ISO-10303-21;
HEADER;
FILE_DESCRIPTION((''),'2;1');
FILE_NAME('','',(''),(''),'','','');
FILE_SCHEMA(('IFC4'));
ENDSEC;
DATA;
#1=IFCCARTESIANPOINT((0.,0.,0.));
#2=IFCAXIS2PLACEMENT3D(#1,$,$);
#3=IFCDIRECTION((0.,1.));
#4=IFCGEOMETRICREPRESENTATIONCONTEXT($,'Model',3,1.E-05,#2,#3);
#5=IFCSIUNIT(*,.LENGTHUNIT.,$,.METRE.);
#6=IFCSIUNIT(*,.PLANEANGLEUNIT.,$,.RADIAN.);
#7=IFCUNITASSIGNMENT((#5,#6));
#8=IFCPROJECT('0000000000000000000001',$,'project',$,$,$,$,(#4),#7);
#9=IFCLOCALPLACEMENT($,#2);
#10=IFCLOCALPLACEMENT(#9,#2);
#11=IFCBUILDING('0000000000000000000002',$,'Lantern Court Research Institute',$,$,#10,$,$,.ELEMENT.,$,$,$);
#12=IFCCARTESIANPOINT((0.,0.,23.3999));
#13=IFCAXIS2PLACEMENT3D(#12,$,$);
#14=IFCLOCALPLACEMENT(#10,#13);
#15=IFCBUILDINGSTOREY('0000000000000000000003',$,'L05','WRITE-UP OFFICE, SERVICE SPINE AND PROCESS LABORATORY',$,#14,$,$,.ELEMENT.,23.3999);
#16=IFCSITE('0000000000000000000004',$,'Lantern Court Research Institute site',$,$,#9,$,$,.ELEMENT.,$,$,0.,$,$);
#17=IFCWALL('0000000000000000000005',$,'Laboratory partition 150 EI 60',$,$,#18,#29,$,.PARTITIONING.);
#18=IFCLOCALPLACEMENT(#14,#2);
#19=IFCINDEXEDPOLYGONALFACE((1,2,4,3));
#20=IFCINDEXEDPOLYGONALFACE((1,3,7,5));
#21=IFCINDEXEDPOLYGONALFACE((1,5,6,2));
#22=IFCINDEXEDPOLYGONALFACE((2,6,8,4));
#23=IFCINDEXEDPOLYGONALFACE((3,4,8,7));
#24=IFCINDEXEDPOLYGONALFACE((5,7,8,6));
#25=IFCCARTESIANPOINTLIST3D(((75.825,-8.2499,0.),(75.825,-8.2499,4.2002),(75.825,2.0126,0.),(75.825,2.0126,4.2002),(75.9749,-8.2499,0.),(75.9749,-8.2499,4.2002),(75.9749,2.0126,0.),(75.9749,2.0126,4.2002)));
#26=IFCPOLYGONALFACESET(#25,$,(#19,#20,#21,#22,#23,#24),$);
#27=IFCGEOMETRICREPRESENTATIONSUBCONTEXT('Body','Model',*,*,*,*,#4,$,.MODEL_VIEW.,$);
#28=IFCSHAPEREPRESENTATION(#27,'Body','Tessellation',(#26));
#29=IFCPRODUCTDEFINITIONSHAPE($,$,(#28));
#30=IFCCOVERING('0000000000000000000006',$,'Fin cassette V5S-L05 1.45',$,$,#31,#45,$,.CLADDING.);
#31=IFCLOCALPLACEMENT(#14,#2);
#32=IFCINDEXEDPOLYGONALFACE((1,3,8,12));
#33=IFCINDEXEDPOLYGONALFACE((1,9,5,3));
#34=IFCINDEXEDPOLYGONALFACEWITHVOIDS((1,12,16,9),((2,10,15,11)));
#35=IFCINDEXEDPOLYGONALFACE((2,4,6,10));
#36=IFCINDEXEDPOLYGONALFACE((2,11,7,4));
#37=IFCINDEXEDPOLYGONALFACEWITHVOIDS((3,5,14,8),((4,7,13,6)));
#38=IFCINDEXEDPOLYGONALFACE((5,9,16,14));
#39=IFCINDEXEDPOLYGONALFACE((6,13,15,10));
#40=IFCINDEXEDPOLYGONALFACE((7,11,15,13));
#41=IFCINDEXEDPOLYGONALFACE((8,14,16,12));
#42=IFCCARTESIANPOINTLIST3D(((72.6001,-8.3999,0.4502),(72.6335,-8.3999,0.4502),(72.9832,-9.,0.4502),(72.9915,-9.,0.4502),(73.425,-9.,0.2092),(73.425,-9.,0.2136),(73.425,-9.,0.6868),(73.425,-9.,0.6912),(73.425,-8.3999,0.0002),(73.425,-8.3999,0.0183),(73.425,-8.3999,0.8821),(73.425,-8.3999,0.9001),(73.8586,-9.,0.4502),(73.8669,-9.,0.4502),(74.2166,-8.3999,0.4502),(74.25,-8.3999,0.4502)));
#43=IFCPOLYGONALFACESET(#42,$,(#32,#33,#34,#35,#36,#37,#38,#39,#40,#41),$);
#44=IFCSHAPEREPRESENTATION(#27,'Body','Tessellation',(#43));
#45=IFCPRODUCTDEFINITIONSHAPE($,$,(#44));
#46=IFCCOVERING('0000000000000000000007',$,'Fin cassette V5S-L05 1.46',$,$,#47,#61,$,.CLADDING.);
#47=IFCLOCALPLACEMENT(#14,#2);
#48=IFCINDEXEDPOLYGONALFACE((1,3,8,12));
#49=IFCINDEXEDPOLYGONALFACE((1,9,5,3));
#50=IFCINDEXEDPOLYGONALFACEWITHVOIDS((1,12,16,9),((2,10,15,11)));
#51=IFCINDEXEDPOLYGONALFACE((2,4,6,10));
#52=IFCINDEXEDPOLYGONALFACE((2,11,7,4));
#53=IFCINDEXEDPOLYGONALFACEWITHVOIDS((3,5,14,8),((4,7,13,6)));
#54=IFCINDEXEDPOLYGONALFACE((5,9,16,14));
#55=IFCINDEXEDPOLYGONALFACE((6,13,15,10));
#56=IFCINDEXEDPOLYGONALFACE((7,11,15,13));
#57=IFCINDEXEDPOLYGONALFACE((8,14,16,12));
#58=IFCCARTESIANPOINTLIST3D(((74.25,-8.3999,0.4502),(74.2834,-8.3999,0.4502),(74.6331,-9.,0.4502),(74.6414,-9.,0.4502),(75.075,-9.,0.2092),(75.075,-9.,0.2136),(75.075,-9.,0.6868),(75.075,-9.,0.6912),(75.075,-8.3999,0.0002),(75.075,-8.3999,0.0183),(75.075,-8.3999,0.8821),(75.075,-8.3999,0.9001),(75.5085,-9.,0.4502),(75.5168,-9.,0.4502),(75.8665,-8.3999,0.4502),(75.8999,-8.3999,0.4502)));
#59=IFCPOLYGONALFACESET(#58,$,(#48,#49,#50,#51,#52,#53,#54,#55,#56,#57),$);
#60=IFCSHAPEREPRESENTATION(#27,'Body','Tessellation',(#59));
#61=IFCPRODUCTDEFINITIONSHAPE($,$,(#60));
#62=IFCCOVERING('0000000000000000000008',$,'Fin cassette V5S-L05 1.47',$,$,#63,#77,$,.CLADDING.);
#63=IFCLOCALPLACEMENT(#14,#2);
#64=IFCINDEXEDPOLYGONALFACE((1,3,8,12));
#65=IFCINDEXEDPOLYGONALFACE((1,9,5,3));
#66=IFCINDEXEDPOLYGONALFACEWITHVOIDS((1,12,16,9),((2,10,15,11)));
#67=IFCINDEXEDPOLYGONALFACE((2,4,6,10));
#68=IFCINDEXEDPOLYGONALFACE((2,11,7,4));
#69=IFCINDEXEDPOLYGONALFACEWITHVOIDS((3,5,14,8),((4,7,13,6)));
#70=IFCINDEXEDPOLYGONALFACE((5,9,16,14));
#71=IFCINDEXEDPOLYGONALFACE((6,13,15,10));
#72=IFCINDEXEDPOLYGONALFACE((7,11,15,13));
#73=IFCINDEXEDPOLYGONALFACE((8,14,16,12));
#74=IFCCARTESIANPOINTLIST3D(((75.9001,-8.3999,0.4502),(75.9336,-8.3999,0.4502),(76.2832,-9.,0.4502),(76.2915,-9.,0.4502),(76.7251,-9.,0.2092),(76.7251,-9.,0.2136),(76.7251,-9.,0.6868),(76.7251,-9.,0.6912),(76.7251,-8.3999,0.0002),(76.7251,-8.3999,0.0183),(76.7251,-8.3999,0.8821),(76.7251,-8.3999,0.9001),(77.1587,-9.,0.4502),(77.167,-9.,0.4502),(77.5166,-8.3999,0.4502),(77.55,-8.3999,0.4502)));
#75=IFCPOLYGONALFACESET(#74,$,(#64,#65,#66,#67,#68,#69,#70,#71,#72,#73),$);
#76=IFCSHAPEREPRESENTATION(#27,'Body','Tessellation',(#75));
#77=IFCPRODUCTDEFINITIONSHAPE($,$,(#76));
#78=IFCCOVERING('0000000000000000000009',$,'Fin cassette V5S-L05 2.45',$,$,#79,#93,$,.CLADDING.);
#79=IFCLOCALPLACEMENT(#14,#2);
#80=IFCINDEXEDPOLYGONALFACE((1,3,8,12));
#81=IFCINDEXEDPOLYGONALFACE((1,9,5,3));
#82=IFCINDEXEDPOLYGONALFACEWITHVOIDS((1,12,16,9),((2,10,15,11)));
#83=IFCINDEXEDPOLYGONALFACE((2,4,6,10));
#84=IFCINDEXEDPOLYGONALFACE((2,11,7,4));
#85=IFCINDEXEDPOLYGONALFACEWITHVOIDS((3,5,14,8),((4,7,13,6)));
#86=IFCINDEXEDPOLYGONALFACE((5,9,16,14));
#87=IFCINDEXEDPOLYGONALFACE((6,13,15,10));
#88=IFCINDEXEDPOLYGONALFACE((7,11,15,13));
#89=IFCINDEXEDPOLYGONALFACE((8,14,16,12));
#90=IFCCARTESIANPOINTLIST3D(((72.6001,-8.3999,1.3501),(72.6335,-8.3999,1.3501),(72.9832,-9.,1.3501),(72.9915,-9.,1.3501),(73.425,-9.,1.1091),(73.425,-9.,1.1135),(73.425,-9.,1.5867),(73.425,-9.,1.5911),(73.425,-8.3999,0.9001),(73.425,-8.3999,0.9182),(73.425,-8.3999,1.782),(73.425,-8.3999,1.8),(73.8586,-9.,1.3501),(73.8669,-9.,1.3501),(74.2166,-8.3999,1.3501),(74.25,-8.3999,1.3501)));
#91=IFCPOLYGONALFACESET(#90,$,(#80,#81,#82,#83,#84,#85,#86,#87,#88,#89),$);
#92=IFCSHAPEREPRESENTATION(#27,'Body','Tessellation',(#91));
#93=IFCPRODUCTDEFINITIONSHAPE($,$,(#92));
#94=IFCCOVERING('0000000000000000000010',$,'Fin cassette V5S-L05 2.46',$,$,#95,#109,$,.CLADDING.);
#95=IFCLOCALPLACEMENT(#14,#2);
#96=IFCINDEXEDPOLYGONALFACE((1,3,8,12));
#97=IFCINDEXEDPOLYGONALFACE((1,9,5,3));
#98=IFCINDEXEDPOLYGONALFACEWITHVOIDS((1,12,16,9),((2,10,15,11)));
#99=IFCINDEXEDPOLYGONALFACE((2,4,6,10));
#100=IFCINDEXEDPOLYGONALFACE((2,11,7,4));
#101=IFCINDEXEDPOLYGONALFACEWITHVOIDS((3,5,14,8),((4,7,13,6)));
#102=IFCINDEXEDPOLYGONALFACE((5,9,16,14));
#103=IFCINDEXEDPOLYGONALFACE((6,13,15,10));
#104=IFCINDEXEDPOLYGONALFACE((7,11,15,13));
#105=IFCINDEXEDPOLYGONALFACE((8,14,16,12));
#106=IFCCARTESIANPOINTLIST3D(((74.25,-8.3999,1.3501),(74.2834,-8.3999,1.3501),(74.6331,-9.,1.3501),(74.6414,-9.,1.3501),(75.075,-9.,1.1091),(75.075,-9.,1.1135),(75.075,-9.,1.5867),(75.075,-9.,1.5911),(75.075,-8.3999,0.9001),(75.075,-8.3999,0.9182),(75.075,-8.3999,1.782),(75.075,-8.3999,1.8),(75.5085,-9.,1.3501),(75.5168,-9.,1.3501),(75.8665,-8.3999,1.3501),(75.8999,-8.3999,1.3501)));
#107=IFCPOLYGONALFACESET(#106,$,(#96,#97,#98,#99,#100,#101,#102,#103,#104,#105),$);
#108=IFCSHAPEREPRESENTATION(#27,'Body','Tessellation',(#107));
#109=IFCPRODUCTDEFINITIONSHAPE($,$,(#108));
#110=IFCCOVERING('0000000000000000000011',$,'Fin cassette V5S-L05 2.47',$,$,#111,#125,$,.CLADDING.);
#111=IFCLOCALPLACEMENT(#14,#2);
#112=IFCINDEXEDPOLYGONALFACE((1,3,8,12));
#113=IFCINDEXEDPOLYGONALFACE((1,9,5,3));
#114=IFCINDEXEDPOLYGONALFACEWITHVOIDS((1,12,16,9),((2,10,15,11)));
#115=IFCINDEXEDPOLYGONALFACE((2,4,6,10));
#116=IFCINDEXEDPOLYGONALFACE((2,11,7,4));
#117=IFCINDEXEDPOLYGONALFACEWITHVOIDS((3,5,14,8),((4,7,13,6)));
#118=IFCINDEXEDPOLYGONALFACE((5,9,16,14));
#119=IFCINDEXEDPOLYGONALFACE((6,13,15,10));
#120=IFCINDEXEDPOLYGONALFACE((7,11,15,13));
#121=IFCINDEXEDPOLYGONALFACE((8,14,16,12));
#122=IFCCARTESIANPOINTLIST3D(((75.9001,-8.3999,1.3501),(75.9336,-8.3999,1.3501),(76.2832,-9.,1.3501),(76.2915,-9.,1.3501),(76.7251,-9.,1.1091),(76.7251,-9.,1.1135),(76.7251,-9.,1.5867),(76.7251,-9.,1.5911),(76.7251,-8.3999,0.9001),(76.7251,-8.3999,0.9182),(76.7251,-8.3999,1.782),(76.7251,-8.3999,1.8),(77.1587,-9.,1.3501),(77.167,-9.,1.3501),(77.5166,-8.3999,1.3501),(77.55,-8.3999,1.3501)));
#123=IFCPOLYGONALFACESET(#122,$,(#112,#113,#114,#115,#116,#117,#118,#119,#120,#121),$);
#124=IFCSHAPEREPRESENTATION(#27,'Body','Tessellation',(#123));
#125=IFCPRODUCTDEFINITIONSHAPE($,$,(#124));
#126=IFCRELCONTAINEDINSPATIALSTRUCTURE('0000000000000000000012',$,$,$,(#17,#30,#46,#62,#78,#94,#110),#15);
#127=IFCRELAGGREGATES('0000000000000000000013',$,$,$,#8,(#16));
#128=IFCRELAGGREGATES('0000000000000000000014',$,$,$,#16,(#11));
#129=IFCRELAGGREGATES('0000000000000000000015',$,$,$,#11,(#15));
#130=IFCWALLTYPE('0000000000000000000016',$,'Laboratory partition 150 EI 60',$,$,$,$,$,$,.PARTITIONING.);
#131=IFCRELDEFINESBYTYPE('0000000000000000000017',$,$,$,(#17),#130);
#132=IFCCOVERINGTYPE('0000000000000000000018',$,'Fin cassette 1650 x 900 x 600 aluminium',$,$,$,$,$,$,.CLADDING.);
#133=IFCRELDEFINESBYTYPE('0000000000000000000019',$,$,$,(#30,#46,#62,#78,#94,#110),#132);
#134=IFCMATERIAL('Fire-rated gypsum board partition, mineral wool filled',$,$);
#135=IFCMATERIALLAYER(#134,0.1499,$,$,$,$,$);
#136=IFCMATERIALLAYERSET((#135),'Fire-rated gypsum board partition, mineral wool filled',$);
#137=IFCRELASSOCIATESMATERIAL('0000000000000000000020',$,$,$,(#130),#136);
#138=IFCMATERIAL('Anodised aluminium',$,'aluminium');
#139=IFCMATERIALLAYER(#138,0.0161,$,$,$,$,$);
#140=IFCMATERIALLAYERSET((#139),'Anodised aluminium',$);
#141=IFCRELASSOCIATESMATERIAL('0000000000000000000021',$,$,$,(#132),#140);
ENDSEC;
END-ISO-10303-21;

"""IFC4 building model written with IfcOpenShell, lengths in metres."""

from ifc_helpers import new_model, entity, si_unit, direction, frame, frame_2d, origin, place, context, subcontext, project, spatial, rectangle, extrude, material, layer, layer_set, type_object, element, save


model = new_model("IFC4")

# Units and contexts
model_context = context("Model", 3, precision=1e-05, world=origin(), true_north=direction((0.0, 1.0)))
body_context = subcontext(model_context, "Body", "Model", "MODEL_VIEW")
ifc_project = project(units=[si_unit("LENGTHUNIT", "METRE"), si_unit("PLANEANGLEUNIT", "RADIAN")], contexts=[model_context])

# Site, building, storey
site_placement = place(None, origin())
site = spatial("IfcSite", under=ifc_project, at=site_placement, Name="Lantern Court Research Institute site", CompositionType="ELEMENT", RefElevation=0.0)
building_placement = place(site_placement, origin())
building = spatial("IfcBuilding", under=site, at=building_placement, Name="Lantern Court Research Institute", CompositionType="ELEMENT")
storey_placement = place(building_placement, frame((0.0, 0.0, 23.3999)))
storey = spatial("IfcBuildingStorey", under=building, at=storey_placement, Name="L05", Description="WRITE-UP OFFICE, SERVICE SPINE AND PROCESS LABORATORY", CompositionType="ELEMENT", Elevation=23.3999)

# Wall
ifc_material_1 = material(Name="Fire-rated gypsum board partition, mineral wool filled")
ifc_layer_1 = layer(ifc_material_1, 0.1499)
ifc_layer_set_1 = layer_set([ifc_layer_1], Name="Fire-rated gypsum board partition, mineral wool filled")
wall_type_1 = type_object("IfcWallType", Name="Laboratory partition 150 EI 60", PredefinedType="PARTITIONING", material=ifc_layer_set_1)
wall_1_placement = place(storey_placement, frame((75.8999, -8.25, 0.0), z_axis=(0.0, 0.0, 1.0), x_axis=(0.0, 1.0, 0.0)))
element("IfcWall", 1, at=wall_1_placement, inside=storey, type_object=wall_type_1, Name="Laboratory partition 150 EI 60", PredefinedType="PARTITIONING", context=body_context, shape_type="SweptSolid", body=[
    extrude(rectangle(XDim=10.2625, YDim=0.1499, at=frame_2d((5.1313, 0.0))), origin(), (0.0, 0.0, 1.0), 4.2002),
])

# Coverings
ifc_material_2 = material(Name="Anodised aluminium", Category="aluminium")
ifc_layer_2 = layer(ifc_material_2, 0.0161)
ifc_layer_set_2 = layer_set([ifc_layer_2], Name="Anodised aluminium")
covering_type = type_object("IfcCoveringType", Name="Fin cassette 1650 x 900 x 600 aluminium", PredefinedType="CLADDING", material=ifc_layer_set_2)
covering_1_placement = place(storey_placement, frame((73.425, -8.3999, 0.4502), z_axis=(0.0, -1.0, 0.0), x_axis=(1.0, 0.0, 0.0)))
cartesian_point_1 = entity("IfcCartesianPoint", [0.825, 0.0])
cartesian_point_2 = entity("IfcCartesianPoint", [0.7915, 0.0])
cartesian_point_3 = entity("IfcCartesianPoint", [0.4419, 0.0])
cartesian_point_4 = entity("IfcCartesianPoint", [0.4336, 0.0])
element("IfcCovering", 2, at=covering_1_placement, inside=storey, type_object=covering_type, Name="Fin cassette V5S-L05 1.45", PredefinedType="CLADDING", context=body_context, shape_type="SweptSolid", body=[
    entity("IfcExtrudedAreaSolidTapered", entity("IfcArbitraryProfileDefWithVoids", "AREA", None, entity("IfcPolyline", [cartesian_point_1, entity("IfcCartesianPoint", [0.0, 0.45]), entity("IfcCartesianPoint", [-0.825, 0.0]), entity("IfcCartesianPoint", [0.0, -0.45]), cartesian_point_1]), [entity("IfcPolyline", [cartesian_point_2, entity("IfcCartesianPoint", [0.0, 0.4319]), entity("IfcCartesianPoint", [-0.7915, 0.0]), entity("IfcCartesianPoint", [0.0, -0.4319]), cartesian_point_2])]), entity("IfcAxis2Placement3D", entity("IfcCartesianPoint", [0.0, 0.0, 0.0])), entity("IfcDirection", [0.0, 0.0, 1.0]), 0.6001, entity("IfcArbitraryProfileDefWithVoids", "AREA", None, entity("IfcPolyline", [cartesian_point_3, entity("IfcCartesianPoint", [0.0, 0.241]), entity("IfcCartesianPoint", [-0.4419, 0.0]), entity("IfcCartesianPoint", [0.0, -0.241]), cartesian_point_3]), [entity("IfcPolyline", [cartesian_point_4, entity("IfcCartesianPoint", [0.0, 0.2366]), entity("IfcCartesianPoint", [-0.4336, 0.0]), entity("IfcCartesianPoint", [0.0, -0.2366]), cartesian_point_4])])),
])
covering_2_placement = place(storey_placement, frame((75.075, -8.3999, 0.4502), z_axis=(0.0, -1.0, 0.0), x_axis=(1.0, 0.0, 0.0)))
cartesian_point_5 = entity("IfcCartesianPoint", [0.825, 0.0])
cartesian_point_6 = entity("IfcCartesianPoint", [0.7915, 0.0])
cartesian_point_7 = entity("IfcCartesianPoint", [0.4419, 0.0])
cartesian_point_8 = entity("IfcCartesianPoint", [0.4336, 0.0])
element("IfcCovering", 3, at=covering_2_placement, inside=storey, type_object=covering_type, Name="Fin cassette V5S-L05 1.46", PredefinedType="CLADDING", context=body_context, shape_type="SweptSolid", body=[
    entity("IfcExtrudedAreaSolidTapered", entity("IfcArbitraryProfileDefWithVoids", "AREA", None, entity("IfcPolyline", [cartesian_point_5, entity("IfcCartesianPoint", [0.0, 0.45]), entity("IfcCartesianPoint", [-0.825, 0.0]), entity("IfcCartesianPoint", [0.0, -0.45]), cartesian_point_5]), [entity("IfcPolyline", [cartesian_point_6, entity("IfcCartesianPoint", [0.0, 0.4319]), entity("IfcCartesianPoint", [-0.7915, 0.0]), entity("IfcCartesianPoint", [0.0, -0.4319]), cartesian_point_6])]), entity("IfcAxis2Placement3D", entity("IfcCartesianPoint", [0.0, 0.0, 0.0])), entity("IfcDirection", [0.0, 0.0, 1.0]), 0.6001, entity("IfcArbitraryProfileDefWithVoids", "AREA", None, entity("IfcPolyline", [cartesian_point_7, entity("IfcCartesianPoint", [0.0, 0.241]), entity("IfcCartesianPoint", [-0.4419, 0.0]), entity("IfcCartesianPoint", [0.0, -0.241]), cartesian_point_7]), [entity("IfcPolyline", [cartesian_point_8, entity("IfcCartesianPoint", [0.0, 0.2366]), entity("IfcCartesianPoint", [-0.4336, 0.0]), entity("IfcCartesianPoint", [0.0, -0.2366]), cartesian_point_8])])),
])
covering_3_placement = place(storey_placement, frame((76.7251, -8.3999, 0.4502), z_axis=(0.0, -1.0, 0.0), x_axis=(1.0, 0.0, 0.0)))
cartesian_point_9 = entity("IfcCartesianPoint", [0.825, 0.0])
cartesian_point_10 = entity("IfcCartesianPoint", [0.7915, 0.0])
cartesian_point_11 = entity("IfcCartesianPoint", [0.4419, 0.0])
cartesian_point_12 = entity("IfcCartesianPoint", [0.4336, 0.0])
element("IfcCovering", 4, at=covering_3_placement, inside=storey, type_object=covering_type, Name="Fin cassette V5S-L05 1.47", PredefinedType="CLADDING", context=body_context, shape_type="SweptSolid", body=[
    entity("IfcExtrudedAreaSolidTapered", entity("IfcArbitraryProfileDefWithVoids", "AREA", None, entity("IfcPolyline", [cartesian_point_9, entity("IfcCartesianPoint", [0.0, 0.45]), entity("IfcCartesianPoint", [-0.825, 0.0]), entity("IfcCartesianPoint", [0.0, -0.45]), cartesian_point_9]), [entity("IfcPolyline", [cartesian_point_10, entity("IfcCartesianPoint", [0.0, 0.4319]), entity("IfcCartesianPoint", [-0.7915, 0.0]), entity("IfcCartesianPoint", [0.0, -0.4319]), cartesian_point_10])]), entity("IfcAxis2Placement3D", entity("IfcCartesianPoint", [0.0, 0.0, 0.0])), entity("IfcDirection", [0.0, 0.0, 1.0]), 0.6001, entity("IfcArbitraryProfileDefWithVoids", "AREA", None, entity("IfcPolyline", [cartesian_point_11, entity("IfcCartesianPoint", [0.0, 0.241]), entity("IfcCartesianPoint", [-0.4419, 0.0]), entity("IfcCartesianPoint", [0.0, -0.241]), cartesian_point_11]), [entity("IfcPolyline", [cartesian_point_12, entity("IfcCartesianPoint", [0.0, 0.2366]), entity("IfcCartesianPoint", [-0.4336, 0.0]), entity("IfcCartesianPoint", [0.0, -0.2366]), cartesian_point_12])])),
])
covering_4_placement = place(storey_placement, frame((73.425, -8.3999, 1.3501), z_axis=(0.0, -1.0, 0.0), x_axis=(1.0, 0.0, 0.0)))
cartesian_point_13 = entity("IfcCartesianPoint", [0.825, 0.0])
cartesian_point_14 = entity("IfcCartesianPoint", [0.7915, 0.0])
cartesian_point_15 = entity("IfcCartesianPoint", [0.4419, 0.0])
cartesian_point_16 = entity("IfcCartesianPoint", [0.4336, 0.0])
element("IfcCovering", 5, at=covering_4_placement, inside=storey, type_object=covering_type, Name="Fin cassette V5S-L05 2.45", PredefinedType="CLADDING", context=body_context, shape_type="SweptSolid", body=[
    entity("IfcExtrudedAreaSolidTapered", entity("IfcArbitraryProfileDefWithVoids", "AREA", None, entity("IfcPolyline", [cartesian_point_13, entity("IfcCartesianPoint", [0.0, 0.45]), entity("IfcCartesianPoint", [-0.825, 0.0]), entity("IfcCartesianPoint", [0.0, -0.45]), cartesian_point_13]), [entity("IfcPolyline", [cartesian_point_14, entity("IfcCartesianPoint", [0.0, 0.4319]), entity("IfcCartesianPoint", [-0.7915, 0.0]), entity("IfcCartesianPoint", [0.0, -0.4319]), cartesian_point_14])]), entity("IfcAxis2Placement3D", entity("IfcCartesianPoint", [0.0, 0.0, 0.0])), entity("IfcDirection", [0.0, 0.0, 1.0]), 0.6001, entity("IfcArbitraryProfileDefWithVoids", "AREA", None, entity("IfcPolyline", [cartesian_point_15, entity("IfcCartesianPoint", [0.0, 0.241]), entity("IfcCartesianPoint", [-0.4419, 0.0]), entity("IfcCartesianPoint", [0.0, -0.241]), cartesian_point_15]), [entity("IfcPolyline", [cartesian_point_16, entity("IfcCartesianPoint", [0.0, 0.2366]), entity("IfcCartesianPoint", [-0.4336, 0.0]), entity("IfcCartesianPoint", [0.0, -0.2366]), cartesian_point_16])])),
])
covering_5_placement = place(storey_placement, frame((75.075, -8.3999, 1.3501), z_axis=(0.0, -1.0, 0.0), x_axis=(1.0, 0.0, 0.0)))
cartesian_point_17 = entity("IfcCartesianPoint", [0.825, 0.0])
cartesian_point_18 = entity("IfcCartesianPoint", [0.7915, 0.0])
cartesian_point_19 = entity("IfcCartesianPoint", [0.4419, 0.0])
cartesian_point_20 = entity("IfcCartesianPoint", [0.4336, 0.0])
element("IfcCovering", 6, at=covering_5_placement, inside=storey, type_object=covering_type, Name="Fin cassette V5S-L05 2.46", PredefinedType="CLADDING", context=body_context, shape_type="SweptSolid", body=[
    entity("IfcExtrudedAreaSolidTapered", entity("IfcArbitraryProfileDefWithVoids", "AREA", None, entity("IfcPolyline", [cartesian_point_17, entity("IfcCartesianPoint", [0.0, 0.45]), entity("IfcCartesianPoint", [-0.825, 0.0]), entity("IfcCartesianPoint", [0.0, -0.45]), cartesian_point_17]), [entity("IfcPolyline", [cartesian_point_18, entity("IfcCartesianPoint", [0.0, 0.4319]), entity("IfcCartesianPoint", [-0.7915, 0.0]), entity("IfcCartesianPoint", [0.0, -0.4319]), cartesian_point_18])]), entity("IfcAxis2Placement3D", entity("IfcCartesianPoint", [0.0, 0.0, 0.0])), entity("IfcDirection", [0.0, 0.0, 1.0]), 0.6001, entity("IfcArbitraryProfileDefWithVoids", "AREA", None, entity("IfcPolyline", [cartesian_point_19, entity("IfcCartesianPoint", [0.0, 0.241]), entity("IfcCartesianPoint", [-0.4419, 0.0]), entity("IfcCartesianPoint", [0.0, -0.241]), cartesian_point_19]), [entity("IfcPolyline", [cartesian_point_20, entity("IfcCartesianPoint", [0.0, 0.2366]), entity("IfcCartesianPoint", [-0.4336, 0.0]), entity("IfcCartesianPoint", [0.0, -0.2366]), cartesian_point_20])])),
])
covering_6_placement = place(storey_placement, frame((76.7251, -8.3999, 1.3501), z_axis=(0.0, -1.0, 0.0), x_axis=(1.0, 0.0, 0.0)))
cartesian_point_21 = entity("IfcCartesianPoint", [0.825, 0.0])
cartesian_point_22 = entity("IfcCartesianPoint", [0.7915, 0.0])
cartesian_point_23 = entity("IfcCartesianPoint", [0.4419, 0.0])
cartesian_point_24 = entity("IfcCartesianPoint", [0.4336, 0.0])
element("IfcCovering", 7, at=covering_6_placement, inside=storey, type_object=covering_type, Name="Fin cassette V5S-L05 2.47", PredefinedType="CLADDING", context=body_context, shape_type="SweptSolid", body=[
    entity("IfcExtrudedAreaSolidTapered", entity("IfcArbitraryProfileDefWithVoids", "AREA", None, entity("IfcPolyline", [cartesian_point_21, entity("IfcCartesianPoint", [0.0, 0.45]), entity("IfcCartesianPoint", [-0.825, 0.0]), entity("IfcCartesianPoint", [0.0, -0.45]), cartesian_point_21]), [entity("IfcPolyline", [cartesian_point_22, entity("IfcCartesianPoint", [0.0, 0.4319]), entity("IfcCartesianPoint", [-0.7915, 0.0]), entity("IfcCartesianPoint", [0.0, -0.4319]), cartesian_point_22])]), entity("IfcAxis2Placement3D", entity("IfcCartesianPoint", [0.0, 0.0, 0.0])), entity("IfcDirection", [0.0, 0.0, 1.0]), 0.6001, entity("IfcArbitraryProfileDefWithVoids", "AREA", None, entity("IfcPolyline", [cartesian_point_23, entity("IfcCartesianPoint", [0.0, 0.241]), entity("IfcCartesianPoint", [-0.4419, 0.0]), entity("IfcCartesianPoint", [0.0, -0.241]), cartesian_point_23]), [entity("IfcPolyline", [cartesian_point_24, entity("IfcCartesianPoint", [0.0, 0.2366]), entity("IfcCartesianPoint", [-0.4336, 0.0]), entity("IfcCartesianPoint", [0.0, -0.2366]), cartesian_point_24])])),
])

save(model, "model.ifc")
